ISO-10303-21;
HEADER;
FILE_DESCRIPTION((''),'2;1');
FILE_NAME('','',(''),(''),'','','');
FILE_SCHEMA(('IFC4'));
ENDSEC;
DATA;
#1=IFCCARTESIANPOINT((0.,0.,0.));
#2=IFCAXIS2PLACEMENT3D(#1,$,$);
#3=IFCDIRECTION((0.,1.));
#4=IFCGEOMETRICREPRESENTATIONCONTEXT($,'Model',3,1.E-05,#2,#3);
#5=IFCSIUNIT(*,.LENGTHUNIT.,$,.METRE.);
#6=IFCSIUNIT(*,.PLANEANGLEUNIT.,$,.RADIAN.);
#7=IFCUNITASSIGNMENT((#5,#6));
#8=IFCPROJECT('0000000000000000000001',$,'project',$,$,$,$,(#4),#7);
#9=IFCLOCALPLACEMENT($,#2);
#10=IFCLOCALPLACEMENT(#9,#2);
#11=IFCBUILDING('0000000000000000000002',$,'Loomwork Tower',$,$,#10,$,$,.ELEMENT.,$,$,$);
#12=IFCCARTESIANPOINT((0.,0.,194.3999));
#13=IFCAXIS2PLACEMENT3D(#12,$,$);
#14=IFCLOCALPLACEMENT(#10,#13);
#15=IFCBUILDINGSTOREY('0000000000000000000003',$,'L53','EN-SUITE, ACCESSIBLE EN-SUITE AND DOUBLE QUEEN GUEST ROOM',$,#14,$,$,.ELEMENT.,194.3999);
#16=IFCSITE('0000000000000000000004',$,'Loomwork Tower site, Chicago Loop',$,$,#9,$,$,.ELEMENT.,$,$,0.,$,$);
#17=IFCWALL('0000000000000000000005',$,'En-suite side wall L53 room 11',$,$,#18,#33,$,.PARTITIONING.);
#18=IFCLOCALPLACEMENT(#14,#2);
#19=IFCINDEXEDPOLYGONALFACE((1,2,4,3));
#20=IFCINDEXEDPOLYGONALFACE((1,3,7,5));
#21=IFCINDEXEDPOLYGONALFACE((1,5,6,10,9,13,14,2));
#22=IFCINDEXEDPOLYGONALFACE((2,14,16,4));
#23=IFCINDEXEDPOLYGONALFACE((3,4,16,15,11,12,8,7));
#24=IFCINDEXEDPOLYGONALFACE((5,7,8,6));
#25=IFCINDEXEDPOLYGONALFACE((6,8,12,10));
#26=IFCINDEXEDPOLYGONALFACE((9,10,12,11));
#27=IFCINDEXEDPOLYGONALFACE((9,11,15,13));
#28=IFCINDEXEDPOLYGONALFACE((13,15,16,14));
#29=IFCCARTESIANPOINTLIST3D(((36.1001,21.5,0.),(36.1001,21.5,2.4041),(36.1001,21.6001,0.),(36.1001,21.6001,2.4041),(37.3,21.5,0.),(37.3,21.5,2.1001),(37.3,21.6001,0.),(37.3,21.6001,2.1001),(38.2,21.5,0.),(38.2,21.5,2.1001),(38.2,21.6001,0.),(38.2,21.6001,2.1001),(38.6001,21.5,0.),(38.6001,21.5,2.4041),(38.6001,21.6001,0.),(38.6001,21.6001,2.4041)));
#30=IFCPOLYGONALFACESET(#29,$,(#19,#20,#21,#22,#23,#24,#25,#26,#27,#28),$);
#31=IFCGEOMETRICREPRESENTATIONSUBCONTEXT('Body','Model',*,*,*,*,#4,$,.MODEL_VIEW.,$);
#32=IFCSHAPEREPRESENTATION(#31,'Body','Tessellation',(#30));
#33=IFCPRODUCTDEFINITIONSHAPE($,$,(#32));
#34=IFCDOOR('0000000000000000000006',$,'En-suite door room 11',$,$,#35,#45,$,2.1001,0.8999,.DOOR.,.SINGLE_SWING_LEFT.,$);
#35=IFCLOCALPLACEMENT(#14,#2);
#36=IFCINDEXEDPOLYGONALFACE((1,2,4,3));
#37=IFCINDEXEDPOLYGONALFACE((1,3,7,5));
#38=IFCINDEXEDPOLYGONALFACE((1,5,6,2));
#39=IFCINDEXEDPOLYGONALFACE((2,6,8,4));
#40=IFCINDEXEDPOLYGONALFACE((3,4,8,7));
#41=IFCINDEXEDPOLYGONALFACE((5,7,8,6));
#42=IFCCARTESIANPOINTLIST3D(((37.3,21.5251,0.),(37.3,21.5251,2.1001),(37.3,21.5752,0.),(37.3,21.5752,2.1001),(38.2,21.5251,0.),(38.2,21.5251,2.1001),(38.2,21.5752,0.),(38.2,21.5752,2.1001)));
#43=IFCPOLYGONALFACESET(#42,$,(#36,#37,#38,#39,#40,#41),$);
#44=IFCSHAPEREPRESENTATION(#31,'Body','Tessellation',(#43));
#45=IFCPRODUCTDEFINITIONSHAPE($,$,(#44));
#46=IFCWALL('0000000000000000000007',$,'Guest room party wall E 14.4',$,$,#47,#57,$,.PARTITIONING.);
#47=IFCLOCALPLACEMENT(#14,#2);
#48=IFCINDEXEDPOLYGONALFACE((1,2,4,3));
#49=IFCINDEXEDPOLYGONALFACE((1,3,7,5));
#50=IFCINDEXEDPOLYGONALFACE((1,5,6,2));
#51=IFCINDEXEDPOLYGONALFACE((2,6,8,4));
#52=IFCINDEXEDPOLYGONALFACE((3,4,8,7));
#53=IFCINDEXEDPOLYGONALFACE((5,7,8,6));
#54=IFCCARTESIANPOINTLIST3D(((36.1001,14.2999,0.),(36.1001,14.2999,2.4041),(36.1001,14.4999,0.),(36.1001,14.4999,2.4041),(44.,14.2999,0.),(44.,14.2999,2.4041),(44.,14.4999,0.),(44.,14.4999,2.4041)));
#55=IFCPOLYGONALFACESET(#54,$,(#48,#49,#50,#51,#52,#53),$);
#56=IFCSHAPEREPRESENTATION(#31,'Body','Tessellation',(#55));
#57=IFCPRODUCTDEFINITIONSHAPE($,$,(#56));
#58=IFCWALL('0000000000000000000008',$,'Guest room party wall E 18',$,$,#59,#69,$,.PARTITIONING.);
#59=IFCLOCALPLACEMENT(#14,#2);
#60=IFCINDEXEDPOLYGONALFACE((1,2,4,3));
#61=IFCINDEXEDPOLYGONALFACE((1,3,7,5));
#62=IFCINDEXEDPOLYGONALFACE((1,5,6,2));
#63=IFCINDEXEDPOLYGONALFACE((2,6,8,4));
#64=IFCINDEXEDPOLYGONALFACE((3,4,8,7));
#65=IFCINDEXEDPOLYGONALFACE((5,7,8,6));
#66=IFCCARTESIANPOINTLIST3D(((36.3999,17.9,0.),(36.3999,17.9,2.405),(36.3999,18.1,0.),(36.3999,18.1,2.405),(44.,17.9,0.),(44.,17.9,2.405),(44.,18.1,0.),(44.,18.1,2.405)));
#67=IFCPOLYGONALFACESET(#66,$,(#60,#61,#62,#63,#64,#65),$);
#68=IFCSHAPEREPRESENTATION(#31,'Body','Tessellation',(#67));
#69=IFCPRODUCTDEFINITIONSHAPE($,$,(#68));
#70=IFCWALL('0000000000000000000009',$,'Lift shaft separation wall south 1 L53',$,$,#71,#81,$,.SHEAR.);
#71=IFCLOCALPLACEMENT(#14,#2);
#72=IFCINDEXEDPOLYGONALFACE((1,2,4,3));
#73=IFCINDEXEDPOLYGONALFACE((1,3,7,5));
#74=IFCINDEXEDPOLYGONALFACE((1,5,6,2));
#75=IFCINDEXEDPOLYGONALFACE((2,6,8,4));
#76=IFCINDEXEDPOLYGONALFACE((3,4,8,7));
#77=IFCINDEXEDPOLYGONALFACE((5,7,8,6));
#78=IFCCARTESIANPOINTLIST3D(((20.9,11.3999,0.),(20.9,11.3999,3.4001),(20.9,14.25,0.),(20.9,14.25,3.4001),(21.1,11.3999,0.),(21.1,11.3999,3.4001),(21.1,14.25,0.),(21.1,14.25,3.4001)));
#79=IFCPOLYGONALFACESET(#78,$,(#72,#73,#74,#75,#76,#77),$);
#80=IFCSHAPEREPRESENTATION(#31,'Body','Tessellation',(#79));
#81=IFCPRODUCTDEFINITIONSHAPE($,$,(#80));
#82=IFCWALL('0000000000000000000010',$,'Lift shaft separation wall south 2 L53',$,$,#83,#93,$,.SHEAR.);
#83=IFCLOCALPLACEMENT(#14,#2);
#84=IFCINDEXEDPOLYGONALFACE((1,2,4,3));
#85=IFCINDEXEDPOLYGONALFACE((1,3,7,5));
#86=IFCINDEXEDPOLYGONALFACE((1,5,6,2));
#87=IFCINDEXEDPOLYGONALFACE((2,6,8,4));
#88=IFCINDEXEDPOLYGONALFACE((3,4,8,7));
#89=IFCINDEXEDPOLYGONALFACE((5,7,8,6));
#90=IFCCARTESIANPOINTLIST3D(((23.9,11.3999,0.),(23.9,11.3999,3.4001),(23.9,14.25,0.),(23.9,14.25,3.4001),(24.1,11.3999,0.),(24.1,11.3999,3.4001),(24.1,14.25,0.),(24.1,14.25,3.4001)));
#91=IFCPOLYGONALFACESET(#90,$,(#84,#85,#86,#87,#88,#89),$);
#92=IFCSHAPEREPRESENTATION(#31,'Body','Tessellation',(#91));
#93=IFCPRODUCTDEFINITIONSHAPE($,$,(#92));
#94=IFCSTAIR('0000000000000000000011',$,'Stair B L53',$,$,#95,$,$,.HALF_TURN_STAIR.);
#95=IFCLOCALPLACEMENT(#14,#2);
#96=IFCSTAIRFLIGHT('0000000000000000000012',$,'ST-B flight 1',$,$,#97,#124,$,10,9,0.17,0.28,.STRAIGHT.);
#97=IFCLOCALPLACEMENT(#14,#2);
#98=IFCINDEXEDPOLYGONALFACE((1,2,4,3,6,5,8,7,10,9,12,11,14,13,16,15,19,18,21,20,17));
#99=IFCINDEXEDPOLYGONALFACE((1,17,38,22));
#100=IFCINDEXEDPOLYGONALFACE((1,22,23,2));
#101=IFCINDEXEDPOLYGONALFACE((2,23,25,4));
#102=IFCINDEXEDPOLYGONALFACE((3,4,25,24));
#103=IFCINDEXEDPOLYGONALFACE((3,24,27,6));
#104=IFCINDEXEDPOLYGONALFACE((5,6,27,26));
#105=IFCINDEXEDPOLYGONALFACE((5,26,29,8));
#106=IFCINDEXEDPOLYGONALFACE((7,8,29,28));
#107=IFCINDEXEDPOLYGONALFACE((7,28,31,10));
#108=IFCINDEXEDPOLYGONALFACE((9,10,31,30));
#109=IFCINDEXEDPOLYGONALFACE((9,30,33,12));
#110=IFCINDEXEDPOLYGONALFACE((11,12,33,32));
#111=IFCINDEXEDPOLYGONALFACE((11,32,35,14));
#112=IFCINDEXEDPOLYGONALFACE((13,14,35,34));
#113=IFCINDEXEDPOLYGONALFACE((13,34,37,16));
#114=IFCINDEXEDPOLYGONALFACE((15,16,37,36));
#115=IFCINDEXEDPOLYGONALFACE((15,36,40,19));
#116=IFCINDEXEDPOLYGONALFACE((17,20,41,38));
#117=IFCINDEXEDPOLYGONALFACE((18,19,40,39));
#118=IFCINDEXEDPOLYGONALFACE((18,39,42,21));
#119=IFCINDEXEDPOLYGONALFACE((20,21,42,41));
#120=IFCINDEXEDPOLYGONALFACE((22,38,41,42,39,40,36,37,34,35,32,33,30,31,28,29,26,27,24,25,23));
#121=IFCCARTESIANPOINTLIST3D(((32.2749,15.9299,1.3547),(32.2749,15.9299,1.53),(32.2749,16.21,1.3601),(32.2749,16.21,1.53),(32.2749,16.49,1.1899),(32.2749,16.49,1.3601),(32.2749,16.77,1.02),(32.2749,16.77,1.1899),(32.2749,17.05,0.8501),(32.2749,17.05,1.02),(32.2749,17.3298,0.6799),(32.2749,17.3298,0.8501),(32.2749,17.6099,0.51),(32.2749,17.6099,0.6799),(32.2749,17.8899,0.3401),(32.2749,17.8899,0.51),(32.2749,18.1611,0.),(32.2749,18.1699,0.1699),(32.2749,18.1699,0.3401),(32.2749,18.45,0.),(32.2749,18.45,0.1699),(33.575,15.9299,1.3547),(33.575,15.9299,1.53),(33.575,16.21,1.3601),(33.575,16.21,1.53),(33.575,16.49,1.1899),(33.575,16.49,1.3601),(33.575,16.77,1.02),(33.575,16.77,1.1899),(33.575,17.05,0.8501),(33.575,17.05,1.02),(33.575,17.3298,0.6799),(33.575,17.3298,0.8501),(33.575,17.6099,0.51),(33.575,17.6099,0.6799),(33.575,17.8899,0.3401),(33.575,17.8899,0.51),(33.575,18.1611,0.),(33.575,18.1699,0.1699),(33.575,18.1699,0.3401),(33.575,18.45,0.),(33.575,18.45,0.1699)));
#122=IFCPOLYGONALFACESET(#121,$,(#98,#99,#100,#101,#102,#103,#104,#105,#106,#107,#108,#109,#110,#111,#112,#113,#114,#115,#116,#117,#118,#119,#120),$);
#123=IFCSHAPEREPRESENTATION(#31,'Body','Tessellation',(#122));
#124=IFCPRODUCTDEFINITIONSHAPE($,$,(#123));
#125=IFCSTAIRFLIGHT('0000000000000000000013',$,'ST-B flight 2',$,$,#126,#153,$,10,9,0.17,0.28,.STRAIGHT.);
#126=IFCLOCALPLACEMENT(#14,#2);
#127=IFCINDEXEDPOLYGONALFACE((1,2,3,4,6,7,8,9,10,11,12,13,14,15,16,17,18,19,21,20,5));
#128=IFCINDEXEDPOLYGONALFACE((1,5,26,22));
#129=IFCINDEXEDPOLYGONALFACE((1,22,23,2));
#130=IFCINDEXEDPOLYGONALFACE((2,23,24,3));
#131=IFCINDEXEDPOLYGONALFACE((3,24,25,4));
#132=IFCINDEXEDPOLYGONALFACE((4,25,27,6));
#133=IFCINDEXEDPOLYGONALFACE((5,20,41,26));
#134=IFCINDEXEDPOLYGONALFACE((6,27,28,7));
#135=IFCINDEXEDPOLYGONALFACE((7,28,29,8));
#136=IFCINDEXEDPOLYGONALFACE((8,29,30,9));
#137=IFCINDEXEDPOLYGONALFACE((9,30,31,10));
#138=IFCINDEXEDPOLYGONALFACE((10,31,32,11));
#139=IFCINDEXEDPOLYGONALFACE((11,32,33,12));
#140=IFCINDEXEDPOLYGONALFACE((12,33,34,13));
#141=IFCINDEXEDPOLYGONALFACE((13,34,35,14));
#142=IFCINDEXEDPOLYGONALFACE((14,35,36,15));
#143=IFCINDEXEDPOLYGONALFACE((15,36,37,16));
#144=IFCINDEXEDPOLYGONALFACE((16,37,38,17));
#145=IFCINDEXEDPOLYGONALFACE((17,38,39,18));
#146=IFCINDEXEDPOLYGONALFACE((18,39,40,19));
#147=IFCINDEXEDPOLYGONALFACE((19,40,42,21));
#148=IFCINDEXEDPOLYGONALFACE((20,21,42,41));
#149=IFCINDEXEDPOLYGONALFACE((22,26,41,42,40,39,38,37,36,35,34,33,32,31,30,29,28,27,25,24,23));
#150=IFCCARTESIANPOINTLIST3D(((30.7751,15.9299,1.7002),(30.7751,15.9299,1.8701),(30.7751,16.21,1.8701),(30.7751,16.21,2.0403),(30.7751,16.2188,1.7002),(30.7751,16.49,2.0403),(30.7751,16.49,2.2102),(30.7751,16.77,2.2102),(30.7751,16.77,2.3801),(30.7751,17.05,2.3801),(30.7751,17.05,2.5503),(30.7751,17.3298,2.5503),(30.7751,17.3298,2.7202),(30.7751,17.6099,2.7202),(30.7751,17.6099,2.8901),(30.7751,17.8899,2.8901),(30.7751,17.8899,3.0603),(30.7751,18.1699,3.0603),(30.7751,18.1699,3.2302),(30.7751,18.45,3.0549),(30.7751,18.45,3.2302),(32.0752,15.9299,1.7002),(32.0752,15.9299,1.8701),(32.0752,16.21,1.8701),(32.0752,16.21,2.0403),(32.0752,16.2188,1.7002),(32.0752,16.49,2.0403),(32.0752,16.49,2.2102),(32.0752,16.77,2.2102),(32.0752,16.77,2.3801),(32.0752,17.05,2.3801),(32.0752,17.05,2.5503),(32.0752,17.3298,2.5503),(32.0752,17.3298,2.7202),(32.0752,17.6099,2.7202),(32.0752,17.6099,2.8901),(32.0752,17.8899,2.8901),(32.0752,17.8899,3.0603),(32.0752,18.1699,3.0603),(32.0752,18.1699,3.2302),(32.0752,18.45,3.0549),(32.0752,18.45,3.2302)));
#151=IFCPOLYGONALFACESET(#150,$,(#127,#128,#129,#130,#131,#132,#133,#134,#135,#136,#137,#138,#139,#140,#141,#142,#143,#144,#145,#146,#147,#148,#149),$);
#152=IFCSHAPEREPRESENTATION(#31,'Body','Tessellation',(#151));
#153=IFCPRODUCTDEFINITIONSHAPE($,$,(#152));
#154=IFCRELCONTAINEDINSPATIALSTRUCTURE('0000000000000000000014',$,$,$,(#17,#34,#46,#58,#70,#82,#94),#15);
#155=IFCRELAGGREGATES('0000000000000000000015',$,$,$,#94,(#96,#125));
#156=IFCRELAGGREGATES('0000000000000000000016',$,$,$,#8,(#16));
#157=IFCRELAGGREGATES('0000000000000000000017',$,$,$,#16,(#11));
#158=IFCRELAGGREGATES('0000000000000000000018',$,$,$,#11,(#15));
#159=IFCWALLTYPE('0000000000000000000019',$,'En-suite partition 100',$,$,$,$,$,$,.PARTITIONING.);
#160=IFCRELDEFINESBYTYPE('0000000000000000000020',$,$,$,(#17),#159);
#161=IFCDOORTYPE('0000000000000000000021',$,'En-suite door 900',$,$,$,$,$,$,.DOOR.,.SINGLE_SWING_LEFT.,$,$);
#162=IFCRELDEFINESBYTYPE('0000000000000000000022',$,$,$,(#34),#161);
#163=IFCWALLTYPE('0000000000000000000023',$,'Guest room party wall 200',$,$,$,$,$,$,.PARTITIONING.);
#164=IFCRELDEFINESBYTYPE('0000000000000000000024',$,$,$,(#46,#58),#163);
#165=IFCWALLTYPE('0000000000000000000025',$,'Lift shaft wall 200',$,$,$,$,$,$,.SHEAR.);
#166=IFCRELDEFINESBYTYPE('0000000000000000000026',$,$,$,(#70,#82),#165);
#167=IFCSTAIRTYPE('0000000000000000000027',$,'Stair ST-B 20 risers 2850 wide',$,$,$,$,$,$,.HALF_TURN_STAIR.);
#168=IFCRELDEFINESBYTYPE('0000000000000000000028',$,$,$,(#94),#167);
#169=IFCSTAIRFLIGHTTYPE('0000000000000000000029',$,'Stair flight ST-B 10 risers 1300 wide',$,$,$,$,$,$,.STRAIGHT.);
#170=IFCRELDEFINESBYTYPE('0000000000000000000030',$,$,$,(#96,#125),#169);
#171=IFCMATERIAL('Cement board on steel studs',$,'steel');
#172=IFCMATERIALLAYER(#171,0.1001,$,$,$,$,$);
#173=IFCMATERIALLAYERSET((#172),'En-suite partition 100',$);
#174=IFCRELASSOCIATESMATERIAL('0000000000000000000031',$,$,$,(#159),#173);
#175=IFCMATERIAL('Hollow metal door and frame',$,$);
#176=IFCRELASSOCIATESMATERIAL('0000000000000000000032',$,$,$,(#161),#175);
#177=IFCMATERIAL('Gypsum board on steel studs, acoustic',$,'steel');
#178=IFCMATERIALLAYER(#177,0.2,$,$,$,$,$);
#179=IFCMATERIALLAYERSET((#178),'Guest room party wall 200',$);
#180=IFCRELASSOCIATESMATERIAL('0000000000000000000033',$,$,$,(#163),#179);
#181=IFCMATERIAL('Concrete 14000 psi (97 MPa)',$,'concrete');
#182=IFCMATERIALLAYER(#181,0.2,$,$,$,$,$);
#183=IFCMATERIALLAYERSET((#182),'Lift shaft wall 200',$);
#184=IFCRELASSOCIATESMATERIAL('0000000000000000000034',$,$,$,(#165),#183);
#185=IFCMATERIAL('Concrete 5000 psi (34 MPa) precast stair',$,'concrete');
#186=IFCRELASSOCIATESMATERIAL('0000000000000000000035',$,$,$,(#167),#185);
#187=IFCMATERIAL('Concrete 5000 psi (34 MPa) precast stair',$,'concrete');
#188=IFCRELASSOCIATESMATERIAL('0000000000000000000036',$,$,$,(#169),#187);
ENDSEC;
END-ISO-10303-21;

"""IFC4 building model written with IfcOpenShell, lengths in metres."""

from ifc_helpers import new_model, si_unit, direction, frame, frame_2d, origin, place, context, subcontext, project, spatial, polyline, rectangle, outline, extrude, material, layer, layer_set, type_object, element, fill, aggregate, save


model = new_model("IFC4")

# Units and contexts
model_context = context("Model", 3, precision=1e-05, world=origin(), true_north=direction((0.0, 1.0)))
body_context = subcontext(model_context, "Body", "Model", "MODEL_VIEW")
ifc_project = project(units=[si_unit("LENGTHUNIT", "METRE"), si_unit("PLANEANGLEUNIT", "RADIAN")], contexts=[model_context])

# Site, building, storey
site_placement = place(None, origin())
site = spatial("IfcSite", under=ifc_project, at=site_placement, Name="Loomwork Tower site, Chicago Loop", CompositionType="ELEMENT", RefElevation=0.0)
building_placement = place(site_placement, origin())
building = spatial("IfcBuilding", under=site, at=building_placement, Name="Loomwork Tower", CompositionType="ELEMENT")
storey_placement = place(building_placement, frame((0.0, 0.0, 194.3999)))
storey = spatial("IfcBuildingStorey", under=building, at=storey_placement, Name="L53", Description="EN-SUITE, ACCESSIBLE EN-SUITE AND DOUBLE QUEEN GUEST ROOM", CompositionType="ELEMENT", Elevation=194.3999)

# Wall, opening, door
ifc_material_1 = material(Name="Cement board on steel studs", Category="steel")
ifc_layer_1 = layer(ifc_material_1, 0.1001)
ifc_layer_set_1 = layer_set([ifc_layer_1], Name="En-suite partition 100")
wall_type_1 = type_object("IfcWallType", Name="En-suite partition 100", PredefinedType="PARTITIONING", material=ifc_layer_set_1)
ifc_material_2 = material(Name="Hollow metal door and frame")
door_type_1 = type_object("IfcDoorType", Name="En-suite door 900", OperationType="SINGLE_SWING_LEFT", PredefinedType="DOOR", material=ifc_material_2)
wall_1_placement = place(storey_placement, frame((36.1001, 21.55, 0.0), z_axis=(0.0, 0.0, 1.0), x_axis=(1.0, 0.0, 0.0)))
wall_1 = element("IfcWall", 1, at=wall_1_placement, inside=storey, type_object=wall_type_1, Name="En-suite side wall L53 room 11", PredefinedType="PARTITIONING", context=body_context, shape_type="SweptSolid", body=[
    extrude(rectangle(XDim=2.5, YDim=0.1001, at=frame_2d((1.25, 0.0))), origin(), (0.0, 0.0, 1.0), 2.4041),
])
opening_1_placement = place(wall_1_placement, frame((1.2, 0.0, 0.0)))
opening_1 = element("IfcOpeningElement", 2, at=opening_1_placement, cuts=wall_1, PredefinedType="OPENING", context=body_context, shape_type="SweptSolid", body=[
    extrude(rectangle(XDim=0.8999, YDim=2.1001, at=frame_2d((0.45, 1.05))), frame((0.0, 0.0601, 0.0), z_axis=(0.0, -1.0, 0.0), x_axis=(1.0, 0.0, 0.0)), (0.0, 0.0, 1.0), 0.1201),
])
door_1_placement = place(opening_1_placement, frame((0.8999, 0.0, 0.0), z_axis=(0.0, 0.0, 1.0), x_axis=(-1.0, 0.0, 0.0)))
door_1 = element("IfcDoor", 3, at=door_1_placement, inside=storey, type_object=door_type_1, Name="En-suite door room 11", OperationType="SINGLE_SWING_LEFT", OverallHeight=2.1001, OverallWidth=0.8999, PredefinedType="DOOR", context=body_context, shape_type="SweptSolid", body=[
    extrude(rectangle(XDim=0.8999, YDim=2.1001, at=frame_2d((0.45, 1.05))), frame((0.0, 0.0249, 0.0), z_axis=(0.0, -1.0, 0.0), x_axis=(1.0, 0.0, 0.0)), (0.0, 0.0, 1.0), 0.05),
])
fill(opening_1, door_1)

# Walls
ifc_material_3 = material(Name="Gypsum board on steel studs, acoustic", Category="steel")
ifc_layer_2 = layer(ifc_material_3, 0.2)
ifc_layer_set_2 = layer_set([ifc_layer_2], Name="Guest room party wall 200")
wall_type_2 = type_object("IfcWallType", Name="Guest room party wall 200", PredefinedType="PARTITIONING", material=ifc_layer_set_2)
wall_2_placement = place(storey_placement, frame((36.1001, 14.3999, 0.0), z_axis=(0.0, 0.0, 1.0), x_axis=(1.0, 0.0, 0.0)))
element("IfcWall", 4, at=wall_2_placement, inside=storey, type_object=wall_type_2, Name="Guest room party wall E 14.4", PredefinedType="PARTITIONING", context=body_context, shape_type="SweptSolid", body=[
    extrude(rectangle(XDim=7.8999, YDim=0.2, at=frame_2d((3.95, 0.0))), origin(), (0.0, 0.0, 1.0), 2.4041),
])
wall_3_placement = place(storey_placement, frame((36.3999, 18.0, 0.0), z_axis=(0.0, 0.0, 1.0), x_axis=(1.0, 0.0, 0.0)))
element("IfcWall", 5, at=wall_3_placement, inside=storey, type_object=wall_type_2, Name="Guest room party wall E 18", PredefinedType="PARTITIONING", context=body_context, shape_type="SweptSolid", body=[
    extrude(rectangle(XDim=7.6001, YDim=0.2, at=frame_2d((3.8, 0.0))), origin(), (0.0, 0.0, 1.0), 2.405),
])
ifc_material_4 = material(Name="Concrete 14000 psi (97 MPa)", Category="concrete")
ifc_layer_3 = layer(ifc_material_4, 0.2)
ifc_layer_set_3 = layer_set([ifc_layer_3], Name="Lift shaft wall 200")
wall_type_3 = type_object("IfcWallType", Name="Lift shaft wall 200", PredefinedType="SHEAR", material=ifc_layer_set_3)
for number, where, z_axis, x_axis, name in (
    (6, (21.0, 11.3999, 0.0), (0.0, 0.0, 1.0), (0.0, 1.0, 0.0), "Lift shaft separation wall south 1 L53"),
    (7, (24.0, 11.3999, 0.0), (0.0, 0.0, 1.0), (0.0, 1.0, 0.0), "Lift shaft separation wall south 2 L53"),
):
    element("IfcWall", number, at=place(storey_placement, frame(where, z_axis=z_axis, x_axis=x_axis)), inside=storey, type_object=wall_type_3, Name=name, PredefinedType="SHEAR", context=body_context, shape_type="SweptSolid", body=[
        extrude(rectangle(XDim=2.8501, YDim=0.2, at=frame_2d((1.425, 0.0))), origin(), (0.0, 0.0, 1.0), 3.4001),
    ])

# Stair, stair flights
ifc_material_5 = material(Name="Concrete 5000 psi (34 MPa) precast stair", Category="concrete")
stair_type = type_object("IfcStairType", Name="Stair ST-B 20 risers 2850 wide", PredefinedType="HALF_TURN_STAIR", material=ifc_material_5)
stair_placement = place(storey_placement, origin())
stair = element("IfcStair", 8, at=stair_placement, inside=storey, type_object=stair_type, Name="Stair B L53", PredefinedType="HALF_TURN_STAIR")
ifc_material_6 = material(Name="Concrete 5000 psi (34 MPa) precast stair", Category="concrete")
stair_flight_type = type_object("IfcStairFlightType", Name="Stair flight ST-B 10 risers 1300 wide", PredefinedType="STRAIGHT", material=ifc_material_6)
stair_flight_1_placement = place(storey_placement, frame((32.925, 18.45, 0.0), z_axis=(0.0, 0.0, 1.0), x_axis=(0.0, -1.0, 0.0)))
stair_flight_1 = element("IfcStairFlight", 9, at=stair_flight_1_placement, type_object=stair_flight_type, Name="ST-B flight 1", NumberOfRisers=10, NumberOfTreads=9, PredefinedType="STRAIGHT", RiserHeight=0.17, TreadLength=0.28, context=body_context, shape_type="SweptSolid", body=[
    extrude(outline(polyline([(0.0, 0.0), (0.0, 0.1699), (0.28, 0.1699), (0.28, 0.3401), (0.5601, 0.3401), (0.5601, 0.51), (0.8401, 0.51), (0.8401, 0.6799), (1.1201, 0.6799), (1.1201, 0.8501), (1.3999, 0.8501), (1.3999, 1.02), (1.6799, 1.02), (1.6799, 1.1899), (1.96, 1.1899), (1.96, 1.3601), (2.24, 1.3601), (2.24, 1.53), (2.52, 1.53), (2.52, 1.7), (2.52, 1.3547), (0.2888, 0.0), (0.0, 0.0)])), frame((0.0, 0.6499, 0.0), z_axis=(0.0, -1.0, 0.0), x_axis=(1.0, 0.0, 0.0)), (0.0, 0.0, 1.0), 1.3),
])
stair_flight_2_placement = place(storey_placement, frame((31.425, 15.9299, 1.7002), z_axis=(0.0, 0.0, 1.0), x_axis=(0.0, 1.0, 0.0)))
stair_flight_2 = element("IfcStairFlight", 10, at=stair_flight_2_placement, type_object=stair_flight_type, Name="ST-B flight 2", NumberOfRisers=10, NumberOfTreads=9, PredefinedType="STRAIGHT", RiserHeight=0.17, TreadLength=0.28, context=body_context, shape_type="SweptSolid", body=[
    extrude(outline(polyline([(0.0, 0.0), (0.0, 0.1699), (0.28, 0.1699), (0.28, 0.3401), (0.5601, 0.3401), (0.5601, 0.51), (0.8401, 0.51), (0.8401, 0.6799), (1.1201, 0.6799), (1.1201, 0.8501), (1.3999, 0.8501), (1.3999, 1.02), (1.6799, 1.02), (1.6799, 1.1899), (1.96, 1.1899), (1.96, 1.3601), (2.24, 1.3601), (2.24, 1.53), (2.52, 1.53), (2.52, 1.7), (2.52, 1.3547), (0.2888, 0.0), (0.0, 0.0)])), frame((0.0, 0.6499, 0.0), z_axis=(0.0, -1.0, 0.0), x_axis=(1.0, 0.0, 0.0)), (0.0, 0.0, 1.0), 1.3),
])
aggregate(stair, [stair_flight_1, stair_flight_2])

save(model, "model.ifc")
